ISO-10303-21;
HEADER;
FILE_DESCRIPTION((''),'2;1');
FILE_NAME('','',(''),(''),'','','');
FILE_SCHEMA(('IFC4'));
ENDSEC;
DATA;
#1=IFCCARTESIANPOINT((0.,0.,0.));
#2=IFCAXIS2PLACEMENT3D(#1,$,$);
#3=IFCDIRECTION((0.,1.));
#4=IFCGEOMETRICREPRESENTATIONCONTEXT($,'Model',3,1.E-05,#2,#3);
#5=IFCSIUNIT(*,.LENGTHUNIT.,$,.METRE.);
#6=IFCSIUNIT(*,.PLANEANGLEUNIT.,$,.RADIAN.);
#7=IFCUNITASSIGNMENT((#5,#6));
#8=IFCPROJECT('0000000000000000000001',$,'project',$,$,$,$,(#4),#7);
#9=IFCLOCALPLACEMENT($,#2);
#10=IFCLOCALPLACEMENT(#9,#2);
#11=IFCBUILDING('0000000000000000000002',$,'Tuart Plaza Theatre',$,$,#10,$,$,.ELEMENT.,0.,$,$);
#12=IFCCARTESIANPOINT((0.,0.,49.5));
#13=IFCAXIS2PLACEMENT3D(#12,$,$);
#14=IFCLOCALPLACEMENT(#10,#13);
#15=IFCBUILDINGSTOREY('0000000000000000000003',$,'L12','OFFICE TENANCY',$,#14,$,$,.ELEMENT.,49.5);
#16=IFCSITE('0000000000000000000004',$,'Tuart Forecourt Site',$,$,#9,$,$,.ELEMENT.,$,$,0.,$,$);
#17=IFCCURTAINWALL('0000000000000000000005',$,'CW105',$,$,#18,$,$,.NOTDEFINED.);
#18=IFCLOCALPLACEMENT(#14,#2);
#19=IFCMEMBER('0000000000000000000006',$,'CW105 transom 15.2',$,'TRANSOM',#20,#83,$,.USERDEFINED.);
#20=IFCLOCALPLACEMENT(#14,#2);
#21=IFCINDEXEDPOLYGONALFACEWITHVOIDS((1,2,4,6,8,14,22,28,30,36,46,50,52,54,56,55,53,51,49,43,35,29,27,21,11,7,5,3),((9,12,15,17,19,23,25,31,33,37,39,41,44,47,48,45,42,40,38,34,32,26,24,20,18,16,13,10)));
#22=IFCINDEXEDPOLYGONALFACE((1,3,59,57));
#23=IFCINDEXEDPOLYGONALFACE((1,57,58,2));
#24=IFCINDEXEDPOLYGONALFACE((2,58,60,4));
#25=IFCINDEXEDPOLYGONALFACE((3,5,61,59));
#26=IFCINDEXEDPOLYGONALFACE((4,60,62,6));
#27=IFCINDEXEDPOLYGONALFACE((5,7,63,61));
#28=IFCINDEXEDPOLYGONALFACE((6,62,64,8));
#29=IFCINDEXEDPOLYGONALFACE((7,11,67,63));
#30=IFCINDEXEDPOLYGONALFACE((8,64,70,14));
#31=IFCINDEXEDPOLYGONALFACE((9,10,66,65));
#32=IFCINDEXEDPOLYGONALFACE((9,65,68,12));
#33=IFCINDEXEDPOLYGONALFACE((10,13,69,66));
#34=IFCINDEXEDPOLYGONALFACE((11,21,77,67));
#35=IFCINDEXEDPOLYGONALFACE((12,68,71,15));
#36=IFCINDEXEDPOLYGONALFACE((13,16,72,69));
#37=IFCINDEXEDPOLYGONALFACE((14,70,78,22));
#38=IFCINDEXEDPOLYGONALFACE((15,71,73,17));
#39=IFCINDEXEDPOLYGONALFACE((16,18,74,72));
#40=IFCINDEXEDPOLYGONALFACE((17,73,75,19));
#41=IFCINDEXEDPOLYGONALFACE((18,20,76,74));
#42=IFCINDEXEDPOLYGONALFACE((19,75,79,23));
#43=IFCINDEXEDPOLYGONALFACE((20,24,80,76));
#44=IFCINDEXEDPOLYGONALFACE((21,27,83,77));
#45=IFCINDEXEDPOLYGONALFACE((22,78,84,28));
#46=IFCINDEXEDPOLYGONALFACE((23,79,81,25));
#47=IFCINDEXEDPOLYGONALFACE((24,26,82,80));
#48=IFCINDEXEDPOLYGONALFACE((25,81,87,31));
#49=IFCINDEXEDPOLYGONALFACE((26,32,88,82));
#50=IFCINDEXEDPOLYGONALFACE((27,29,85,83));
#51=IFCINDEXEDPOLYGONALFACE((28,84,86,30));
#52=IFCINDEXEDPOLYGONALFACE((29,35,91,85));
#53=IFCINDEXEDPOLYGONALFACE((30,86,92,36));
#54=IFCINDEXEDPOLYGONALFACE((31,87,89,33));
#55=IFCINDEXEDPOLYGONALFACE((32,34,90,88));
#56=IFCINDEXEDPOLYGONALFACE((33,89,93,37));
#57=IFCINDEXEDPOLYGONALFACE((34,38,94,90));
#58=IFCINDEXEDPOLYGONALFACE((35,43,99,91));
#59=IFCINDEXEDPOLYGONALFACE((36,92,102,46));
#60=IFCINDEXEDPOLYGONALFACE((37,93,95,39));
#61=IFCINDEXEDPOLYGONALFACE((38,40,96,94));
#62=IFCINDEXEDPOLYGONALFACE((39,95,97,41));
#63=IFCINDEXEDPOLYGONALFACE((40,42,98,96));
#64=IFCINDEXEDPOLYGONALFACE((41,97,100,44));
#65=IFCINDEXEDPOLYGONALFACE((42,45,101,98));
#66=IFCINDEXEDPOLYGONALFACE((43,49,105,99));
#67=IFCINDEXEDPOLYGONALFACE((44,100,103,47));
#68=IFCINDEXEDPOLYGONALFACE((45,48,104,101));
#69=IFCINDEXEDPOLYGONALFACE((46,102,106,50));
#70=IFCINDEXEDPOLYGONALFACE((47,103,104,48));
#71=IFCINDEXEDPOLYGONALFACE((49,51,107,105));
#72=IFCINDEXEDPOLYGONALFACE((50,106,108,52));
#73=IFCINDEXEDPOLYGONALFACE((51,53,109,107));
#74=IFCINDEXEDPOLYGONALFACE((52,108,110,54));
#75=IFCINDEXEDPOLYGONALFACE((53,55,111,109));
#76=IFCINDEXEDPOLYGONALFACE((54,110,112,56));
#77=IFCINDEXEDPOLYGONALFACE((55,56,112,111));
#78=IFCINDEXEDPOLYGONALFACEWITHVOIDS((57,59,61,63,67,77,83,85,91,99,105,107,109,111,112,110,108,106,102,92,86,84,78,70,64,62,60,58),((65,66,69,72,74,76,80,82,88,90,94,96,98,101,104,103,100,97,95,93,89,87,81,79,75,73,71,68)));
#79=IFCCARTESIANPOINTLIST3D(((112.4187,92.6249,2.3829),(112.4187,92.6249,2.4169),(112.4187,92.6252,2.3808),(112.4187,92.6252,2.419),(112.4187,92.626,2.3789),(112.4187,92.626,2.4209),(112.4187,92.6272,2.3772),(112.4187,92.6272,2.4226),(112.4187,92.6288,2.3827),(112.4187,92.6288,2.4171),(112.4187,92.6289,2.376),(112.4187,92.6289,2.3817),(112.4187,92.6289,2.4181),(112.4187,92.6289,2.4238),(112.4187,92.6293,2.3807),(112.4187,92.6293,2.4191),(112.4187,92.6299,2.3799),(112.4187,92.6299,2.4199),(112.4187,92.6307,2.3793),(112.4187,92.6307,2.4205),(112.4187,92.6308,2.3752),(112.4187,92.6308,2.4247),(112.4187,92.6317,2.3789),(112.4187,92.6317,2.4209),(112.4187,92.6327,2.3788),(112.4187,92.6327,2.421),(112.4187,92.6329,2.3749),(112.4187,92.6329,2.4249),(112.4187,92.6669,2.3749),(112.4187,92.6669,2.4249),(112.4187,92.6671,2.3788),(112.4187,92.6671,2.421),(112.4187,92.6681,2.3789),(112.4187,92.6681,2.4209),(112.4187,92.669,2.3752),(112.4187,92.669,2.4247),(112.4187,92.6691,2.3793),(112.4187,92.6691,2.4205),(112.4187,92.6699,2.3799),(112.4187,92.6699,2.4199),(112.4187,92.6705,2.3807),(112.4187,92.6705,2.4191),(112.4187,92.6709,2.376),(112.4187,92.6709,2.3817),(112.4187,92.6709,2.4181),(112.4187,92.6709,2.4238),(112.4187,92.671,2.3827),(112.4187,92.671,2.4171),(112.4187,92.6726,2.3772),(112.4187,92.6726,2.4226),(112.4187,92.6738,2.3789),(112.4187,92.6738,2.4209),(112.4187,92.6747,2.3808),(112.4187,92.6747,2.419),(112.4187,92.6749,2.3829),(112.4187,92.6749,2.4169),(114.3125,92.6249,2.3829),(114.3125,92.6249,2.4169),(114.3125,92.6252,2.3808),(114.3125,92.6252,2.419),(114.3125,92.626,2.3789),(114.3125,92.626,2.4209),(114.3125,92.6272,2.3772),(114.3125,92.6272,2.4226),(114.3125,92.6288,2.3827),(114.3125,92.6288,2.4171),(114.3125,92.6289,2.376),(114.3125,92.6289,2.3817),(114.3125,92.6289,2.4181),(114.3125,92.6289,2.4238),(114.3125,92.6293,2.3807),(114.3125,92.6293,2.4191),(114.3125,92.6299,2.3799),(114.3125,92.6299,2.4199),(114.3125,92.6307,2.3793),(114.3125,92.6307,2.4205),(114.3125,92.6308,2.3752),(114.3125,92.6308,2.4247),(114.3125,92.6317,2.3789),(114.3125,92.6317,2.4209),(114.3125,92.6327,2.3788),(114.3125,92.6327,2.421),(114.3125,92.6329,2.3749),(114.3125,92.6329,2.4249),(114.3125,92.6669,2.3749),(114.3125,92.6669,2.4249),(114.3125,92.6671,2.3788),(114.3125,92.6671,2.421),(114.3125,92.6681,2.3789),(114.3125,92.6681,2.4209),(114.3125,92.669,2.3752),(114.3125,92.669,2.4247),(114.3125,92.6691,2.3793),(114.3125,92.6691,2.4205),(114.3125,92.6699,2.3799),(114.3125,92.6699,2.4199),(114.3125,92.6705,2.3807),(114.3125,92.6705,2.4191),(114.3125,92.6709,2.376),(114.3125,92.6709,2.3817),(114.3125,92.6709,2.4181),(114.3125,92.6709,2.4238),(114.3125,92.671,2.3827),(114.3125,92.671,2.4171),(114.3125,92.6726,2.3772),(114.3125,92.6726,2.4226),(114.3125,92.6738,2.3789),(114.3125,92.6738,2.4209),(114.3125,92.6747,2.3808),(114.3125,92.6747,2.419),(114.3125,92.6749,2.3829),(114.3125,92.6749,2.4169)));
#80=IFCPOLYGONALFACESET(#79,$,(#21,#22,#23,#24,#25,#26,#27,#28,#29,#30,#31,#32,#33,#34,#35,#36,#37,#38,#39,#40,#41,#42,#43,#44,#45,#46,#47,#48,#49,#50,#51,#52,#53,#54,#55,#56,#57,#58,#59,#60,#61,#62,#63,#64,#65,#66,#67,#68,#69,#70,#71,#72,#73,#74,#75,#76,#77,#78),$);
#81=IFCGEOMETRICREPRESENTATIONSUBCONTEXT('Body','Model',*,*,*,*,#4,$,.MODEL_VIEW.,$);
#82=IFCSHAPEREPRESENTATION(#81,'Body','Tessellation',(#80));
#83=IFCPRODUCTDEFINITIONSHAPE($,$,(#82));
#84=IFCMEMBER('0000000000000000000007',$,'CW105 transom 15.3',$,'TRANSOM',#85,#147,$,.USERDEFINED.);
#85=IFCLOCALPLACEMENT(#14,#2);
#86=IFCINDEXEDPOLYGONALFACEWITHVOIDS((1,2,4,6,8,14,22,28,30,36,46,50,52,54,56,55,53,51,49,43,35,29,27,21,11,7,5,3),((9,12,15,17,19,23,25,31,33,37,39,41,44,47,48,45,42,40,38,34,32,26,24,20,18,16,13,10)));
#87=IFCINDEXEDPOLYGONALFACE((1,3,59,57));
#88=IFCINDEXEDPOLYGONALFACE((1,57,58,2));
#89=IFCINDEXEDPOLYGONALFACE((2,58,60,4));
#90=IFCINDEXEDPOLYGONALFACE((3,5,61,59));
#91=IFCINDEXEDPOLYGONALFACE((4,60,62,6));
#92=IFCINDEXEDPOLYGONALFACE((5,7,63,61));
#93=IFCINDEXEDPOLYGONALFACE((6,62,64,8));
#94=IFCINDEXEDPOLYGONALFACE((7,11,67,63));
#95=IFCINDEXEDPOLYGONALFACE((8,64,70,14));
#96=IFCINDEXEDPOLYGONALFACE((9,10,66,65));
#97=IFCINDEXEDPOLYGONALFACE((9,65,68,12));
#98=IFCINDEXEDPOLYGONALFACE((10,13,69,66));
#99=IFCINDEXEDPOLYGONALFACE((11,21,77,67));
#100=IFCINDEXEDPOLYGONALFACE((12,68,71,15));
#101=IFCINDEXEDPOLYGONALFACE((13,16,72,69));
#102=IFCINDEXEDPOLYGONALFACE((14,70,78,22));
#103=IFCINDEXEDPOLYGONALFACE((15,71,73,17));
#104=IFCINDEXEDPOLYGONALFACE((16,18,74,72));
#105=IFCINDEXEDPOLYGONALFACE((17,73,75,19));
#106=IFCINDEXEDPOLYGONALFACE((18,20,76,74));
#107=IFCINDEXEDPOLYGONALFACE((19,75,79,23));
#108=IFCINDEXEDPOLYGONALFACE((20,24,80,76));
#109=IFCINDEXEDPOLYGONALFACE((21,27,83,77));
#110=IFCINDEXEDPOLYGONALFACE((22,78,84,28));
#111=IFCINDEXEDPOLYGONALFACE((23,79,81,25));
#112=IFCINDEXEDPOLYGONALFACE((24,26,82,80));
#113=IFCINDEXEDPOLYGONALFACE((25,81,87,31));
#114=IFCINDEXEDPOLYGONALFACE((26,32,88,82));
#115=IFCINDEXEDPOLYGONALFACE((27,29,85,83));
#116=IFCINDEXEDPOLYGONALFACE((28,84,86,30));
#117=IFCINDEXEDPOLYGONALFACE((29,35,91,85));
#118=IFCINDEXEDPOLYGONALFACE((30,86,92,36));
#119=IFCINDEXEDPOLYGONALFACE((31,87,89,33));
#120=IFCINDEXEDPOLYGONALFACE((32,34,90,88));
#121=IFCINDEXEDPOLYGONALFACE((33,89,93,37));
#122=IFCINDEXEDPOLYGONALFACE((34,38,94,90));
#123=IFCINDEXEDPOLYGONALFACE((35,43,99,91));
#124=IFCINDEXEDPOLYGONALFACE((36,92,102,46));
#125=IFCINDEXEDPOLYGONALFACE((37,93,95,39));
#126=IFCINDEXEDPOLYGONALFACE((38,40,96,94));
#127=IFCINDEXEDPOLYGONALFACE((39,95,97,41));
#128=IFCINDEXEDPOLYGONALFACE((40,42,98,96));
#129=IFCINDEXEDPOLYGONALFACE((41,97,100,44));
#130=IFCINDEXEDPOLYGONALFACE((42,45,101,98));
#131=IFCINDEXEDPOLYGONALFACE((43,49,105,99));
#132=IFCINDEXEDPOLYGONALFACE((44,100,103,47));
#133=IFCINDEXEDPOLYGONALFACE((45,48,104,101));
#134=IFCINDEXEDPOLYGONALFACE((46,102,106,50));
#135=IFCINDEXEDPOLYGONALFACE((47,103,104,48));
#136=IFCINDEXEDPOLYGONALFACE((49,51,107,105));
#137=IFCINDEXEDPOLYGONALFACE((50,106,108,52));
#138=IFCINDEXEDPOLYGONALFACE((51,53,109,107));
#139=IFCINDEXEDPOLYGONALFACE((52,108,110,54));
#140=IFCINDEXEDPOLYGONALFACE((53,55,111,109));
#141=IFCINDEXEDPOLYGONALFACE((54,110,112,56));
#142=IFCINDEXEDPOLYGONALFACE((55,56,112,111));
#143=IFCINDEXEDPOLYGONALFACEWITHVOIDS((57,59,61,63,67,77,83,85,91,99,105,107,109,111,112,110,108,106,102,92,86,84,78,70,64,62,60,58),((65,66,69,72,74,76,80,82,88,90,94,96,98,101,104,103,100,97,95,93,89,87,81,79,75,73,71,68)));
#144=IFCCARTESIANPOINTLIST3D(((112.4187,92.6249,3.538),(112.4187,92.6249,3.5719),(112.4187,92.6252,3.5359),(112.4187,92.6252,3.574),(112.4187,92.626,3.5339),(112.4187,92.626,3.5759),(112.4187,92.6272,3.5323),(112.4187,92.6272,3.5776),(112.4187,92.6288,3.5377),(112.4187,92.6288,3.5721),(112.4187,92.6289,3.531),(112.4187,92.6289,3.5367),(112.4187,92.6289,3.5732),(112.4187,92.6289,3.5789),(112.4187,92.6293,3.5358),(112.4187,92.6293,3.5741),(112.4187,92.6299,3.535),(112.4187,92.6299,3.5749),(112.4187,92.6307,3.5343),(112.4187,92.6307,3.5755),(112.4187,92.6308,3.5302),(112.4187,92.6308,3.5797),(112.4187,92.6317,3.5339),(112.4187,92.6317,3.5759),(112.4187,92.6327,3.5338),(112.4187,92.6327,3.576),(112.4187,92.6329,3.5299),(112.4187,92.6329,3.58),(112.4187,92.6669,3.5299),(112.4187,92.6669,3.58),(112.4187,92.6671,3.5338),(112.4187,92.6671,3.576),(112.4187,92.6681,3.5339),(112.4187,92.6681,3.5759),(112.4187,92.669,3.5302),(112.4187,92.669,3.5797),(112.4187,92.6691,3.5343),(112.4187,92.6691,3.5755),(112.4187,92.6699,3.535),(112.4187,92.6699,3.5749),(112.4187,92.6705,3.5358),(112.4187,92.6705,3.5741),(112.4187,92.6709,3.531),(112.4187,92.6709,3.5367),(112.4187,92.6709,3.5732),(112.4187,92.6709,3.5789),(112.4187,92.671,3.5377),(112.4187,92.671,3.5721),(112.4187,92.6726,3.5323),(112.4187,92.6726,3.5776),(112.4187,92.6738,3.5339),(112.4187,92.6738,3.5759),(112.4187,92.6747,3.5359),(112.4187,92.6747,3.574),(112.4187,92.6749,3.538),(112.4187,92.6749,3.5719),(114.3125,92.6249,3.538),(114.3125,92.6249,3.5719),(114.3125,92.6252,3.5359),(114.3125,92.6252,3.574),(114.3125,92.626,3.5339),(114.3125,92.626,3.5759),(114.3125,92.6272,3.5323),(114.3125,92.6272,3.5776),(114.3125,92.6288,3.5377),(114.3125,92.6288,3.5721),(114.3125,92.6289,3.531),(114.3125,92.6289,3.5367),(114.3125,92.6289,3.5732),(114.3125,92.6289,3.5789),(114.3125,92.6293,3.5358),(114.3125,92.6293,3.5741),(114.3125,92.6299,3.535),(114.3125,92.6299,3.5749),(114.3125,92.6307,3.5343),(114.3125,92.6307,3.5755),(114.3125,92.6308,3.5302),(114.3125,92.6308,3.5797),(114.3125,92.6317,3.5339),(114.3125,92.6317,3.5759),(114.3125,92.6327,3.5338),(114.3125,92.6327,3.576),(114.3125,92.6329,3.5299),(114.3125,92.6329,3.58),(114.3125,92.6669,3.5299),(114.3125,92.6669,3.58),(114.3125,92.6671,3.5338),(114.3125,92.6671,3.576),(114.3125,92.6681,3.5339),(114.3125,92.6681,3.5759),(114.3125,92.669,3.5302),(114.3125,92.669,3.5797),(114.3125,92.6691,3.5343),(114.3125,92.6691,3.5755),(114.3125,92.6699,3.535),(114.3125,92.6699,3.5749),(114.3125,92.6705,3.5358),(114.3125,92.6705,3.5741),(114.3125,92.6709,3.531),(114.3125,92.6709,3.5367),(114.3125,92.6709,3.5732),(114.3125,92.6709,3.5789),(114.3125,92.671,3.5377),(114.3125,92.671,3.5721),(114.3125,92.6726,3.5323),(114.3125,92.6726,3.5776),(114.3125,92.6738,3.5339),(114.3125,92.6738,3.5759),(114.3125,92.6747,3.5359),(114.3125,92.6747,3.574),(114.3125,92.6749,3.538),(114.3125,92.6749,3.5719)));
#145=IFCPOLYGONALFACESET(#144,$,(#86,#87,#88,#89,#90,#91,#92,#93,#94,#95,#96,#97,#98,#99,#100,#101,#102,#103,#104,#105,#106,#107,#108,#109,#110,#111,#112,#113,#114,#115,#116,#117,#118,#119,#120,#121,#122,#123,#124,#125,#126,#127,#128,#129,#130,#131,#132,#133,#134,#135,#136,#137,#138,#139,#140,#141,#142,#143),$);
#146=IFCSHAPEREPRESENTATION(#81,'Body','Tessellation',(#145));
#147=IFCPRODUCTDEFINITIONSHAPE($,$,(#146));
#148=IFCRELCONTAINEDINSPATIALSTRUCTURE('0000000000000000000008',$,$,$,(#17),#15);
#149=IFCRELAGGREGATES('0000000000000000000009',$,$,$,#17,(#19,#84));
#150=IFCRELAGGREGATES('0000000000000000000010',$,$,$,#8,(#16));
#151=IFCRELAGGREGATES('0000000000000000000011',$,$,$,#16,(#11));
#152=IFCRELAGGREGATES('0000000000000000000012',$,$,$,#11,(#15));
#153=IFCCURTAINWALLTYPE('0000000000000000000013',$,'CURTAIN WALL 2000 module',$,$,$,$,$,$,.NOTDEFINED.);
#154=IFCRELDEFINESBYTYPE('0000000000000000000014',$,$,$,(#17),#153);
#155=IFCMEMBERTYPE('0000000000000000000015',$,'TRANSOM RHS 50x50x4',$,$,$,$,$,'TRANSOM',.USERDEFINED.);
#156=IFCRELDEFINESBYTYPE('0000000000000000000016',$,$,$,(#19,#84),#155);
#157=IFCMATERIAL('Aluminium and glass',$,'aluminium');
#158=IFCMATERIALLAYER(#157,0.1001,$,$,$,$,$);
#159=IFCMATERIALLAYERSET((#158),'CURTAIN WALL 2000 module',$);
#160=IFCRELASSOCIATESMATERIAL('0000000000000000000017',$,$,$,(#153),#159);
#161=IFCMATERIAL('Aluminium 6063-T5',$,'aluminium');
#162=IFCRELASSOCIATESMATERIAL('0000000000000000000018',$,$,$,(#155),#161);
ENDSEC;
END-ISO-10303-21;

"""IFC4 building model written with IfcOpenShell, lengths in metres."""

from ifc_helpers import new_model, si_unit, direction, frame, origin, origin_2d, place, context, subcontext, project, spatial, hollow_rectangle, extrude, material, layer, layer_set, material_profile, profile_set, type_object, element, aggregate, save


model = new_model("IFC4")

# Units and contexts
model_context = context("Model", 3, precision=1e-05, world=origin(), true_north=direction((0.0, 1.0)))
body_context = subcontext(model_context, "Body", "Model", "MODEL_VIEW")
ifc_project = project(units=[si_unit("LENGTHUNIT", "METRE"), si_unit("PLANEANGLEUNIT", "RADIAN")], contexts=[model_context])

# Site, building, storey
site_placement = place(None, origin())
site = spatial("IfcSite", under=ifc_project, at=site_placement, Name="Tuart Forecourt Site", CompositionType="ELEMENT", RefElevation=0.0)
building_placement = place(site_placement, origin())
building = spatial("IfcBuilding", under=site, at=building_placement, Name="Tuart Plaza Theatre", CompositionType="ELEMENT", ElevationOfRefHeight=0.0)
storey_placement = place(building_placement, frame((0.0, 0.0, 49.5)))
storey = spatial("IfcBuildingStorey", under=building, at=storey_placement, Name="L12", Description="OFFICE TENANCY", CompositionType="ELEMENT", Elevation=49.5)

# Curtain wall, members
ifc_material_1 = material(Name="Aluminium and glass", Category="aluminium")
ifc_layer_1 = layer(ifc_material_1, 0.1001)
ifc_layer_set_1 = layer_set([ifc_layer_1], Name="CURTAIN WALL 2000 module")
curtain_wall_type = type_object("IfcCurtainWallType", Name="CURTAIN WALL 2000 module", PredefinedType="NOTDEFINED", material=ifc_layer_set_1)
curtain_wall_placement = place(storey_placement, origin())
curtain_wall = element("IfcCurtainWall", 1, at=curtain_wall_placement, inside=storey, type_object=curtain_wall_type, Name="CW105", PredefinedType="NOTDEFINED")
ifc_material_2 = material(Name="Aluminium 6063-T5", Category="aluminium")
ifc_material_profile_1 = material_profile(ifc_material_2, hollow_rectangle(XDim=0.05, YDim=0.05, WallThickness=0.0039, InnerFilletRadius=0.0039, OuterFilletRadius=0.0081, at=origin_2d()), Name="RHS 50x50x4")
ifc_profile_set_1 = profile_set([ifc_material_profile_1], Name="Aluminium 6063-T5")
member_type_1 = type_object("IfcMemberType", Name="TRANSOM RHS 50x50x4", ElementType="TRANSOM", PredefinedType="USERDEFINED", material=ifc_profile_set_1)
member_1_placement = place(storey_placement, frame((114.3125, 92.6499, 2.3999), z_axis=(-1.0, 0.0, 0.0), x_axis=(0.0, -1.0, 0.0)))
member_1 = element("IfcMember", 2, at=member_1_placement, type_object=member_type_1, Name="CW105 transom 15.2", ObjectType="TRANSOM", PredefinedType="USERDEFINED", context=body_context, shape_type="SweptSolid", body=[
    extrude(hollow_rectangle(XDim=0.05, YDim=0.05, WallThickness=0.0039, InnerFilletRadius=0.0039, OuterFilletRadius=0.0081, at=origin_2d()), origin(), (0.0, 0.0, 1.0), 1.8938),
])
member_2_placement = place(storey_placement, frame((114.3125, 92.6499, 3.5549), z_axis=(-1.0, 0.0, 0.0), x_axis=(0.0, -1.0, 0.0)))
member_2 = element("IfcMember", 3, at=member_2_placement, type_object=member_type_1, Name="CW105 transom 15.3", ObjectType="TRANSOM", PredefinedType="USERDEFINED", context=body_context, shape_type="SweptSolid", body=[
    extrude(hollow_rectangle(XDim=0.05, YDim=0.05, WallThickness=0.0039, InnerFilletRadius=0.0039, OuterFilletRadius=0.0081, at=origin_2d()), origin(), (0.0, 0.0, 1.0), 1.8938),
])
aggregate(curtain_wall, [member_1, member_2])

save(model, "model.ifc")
